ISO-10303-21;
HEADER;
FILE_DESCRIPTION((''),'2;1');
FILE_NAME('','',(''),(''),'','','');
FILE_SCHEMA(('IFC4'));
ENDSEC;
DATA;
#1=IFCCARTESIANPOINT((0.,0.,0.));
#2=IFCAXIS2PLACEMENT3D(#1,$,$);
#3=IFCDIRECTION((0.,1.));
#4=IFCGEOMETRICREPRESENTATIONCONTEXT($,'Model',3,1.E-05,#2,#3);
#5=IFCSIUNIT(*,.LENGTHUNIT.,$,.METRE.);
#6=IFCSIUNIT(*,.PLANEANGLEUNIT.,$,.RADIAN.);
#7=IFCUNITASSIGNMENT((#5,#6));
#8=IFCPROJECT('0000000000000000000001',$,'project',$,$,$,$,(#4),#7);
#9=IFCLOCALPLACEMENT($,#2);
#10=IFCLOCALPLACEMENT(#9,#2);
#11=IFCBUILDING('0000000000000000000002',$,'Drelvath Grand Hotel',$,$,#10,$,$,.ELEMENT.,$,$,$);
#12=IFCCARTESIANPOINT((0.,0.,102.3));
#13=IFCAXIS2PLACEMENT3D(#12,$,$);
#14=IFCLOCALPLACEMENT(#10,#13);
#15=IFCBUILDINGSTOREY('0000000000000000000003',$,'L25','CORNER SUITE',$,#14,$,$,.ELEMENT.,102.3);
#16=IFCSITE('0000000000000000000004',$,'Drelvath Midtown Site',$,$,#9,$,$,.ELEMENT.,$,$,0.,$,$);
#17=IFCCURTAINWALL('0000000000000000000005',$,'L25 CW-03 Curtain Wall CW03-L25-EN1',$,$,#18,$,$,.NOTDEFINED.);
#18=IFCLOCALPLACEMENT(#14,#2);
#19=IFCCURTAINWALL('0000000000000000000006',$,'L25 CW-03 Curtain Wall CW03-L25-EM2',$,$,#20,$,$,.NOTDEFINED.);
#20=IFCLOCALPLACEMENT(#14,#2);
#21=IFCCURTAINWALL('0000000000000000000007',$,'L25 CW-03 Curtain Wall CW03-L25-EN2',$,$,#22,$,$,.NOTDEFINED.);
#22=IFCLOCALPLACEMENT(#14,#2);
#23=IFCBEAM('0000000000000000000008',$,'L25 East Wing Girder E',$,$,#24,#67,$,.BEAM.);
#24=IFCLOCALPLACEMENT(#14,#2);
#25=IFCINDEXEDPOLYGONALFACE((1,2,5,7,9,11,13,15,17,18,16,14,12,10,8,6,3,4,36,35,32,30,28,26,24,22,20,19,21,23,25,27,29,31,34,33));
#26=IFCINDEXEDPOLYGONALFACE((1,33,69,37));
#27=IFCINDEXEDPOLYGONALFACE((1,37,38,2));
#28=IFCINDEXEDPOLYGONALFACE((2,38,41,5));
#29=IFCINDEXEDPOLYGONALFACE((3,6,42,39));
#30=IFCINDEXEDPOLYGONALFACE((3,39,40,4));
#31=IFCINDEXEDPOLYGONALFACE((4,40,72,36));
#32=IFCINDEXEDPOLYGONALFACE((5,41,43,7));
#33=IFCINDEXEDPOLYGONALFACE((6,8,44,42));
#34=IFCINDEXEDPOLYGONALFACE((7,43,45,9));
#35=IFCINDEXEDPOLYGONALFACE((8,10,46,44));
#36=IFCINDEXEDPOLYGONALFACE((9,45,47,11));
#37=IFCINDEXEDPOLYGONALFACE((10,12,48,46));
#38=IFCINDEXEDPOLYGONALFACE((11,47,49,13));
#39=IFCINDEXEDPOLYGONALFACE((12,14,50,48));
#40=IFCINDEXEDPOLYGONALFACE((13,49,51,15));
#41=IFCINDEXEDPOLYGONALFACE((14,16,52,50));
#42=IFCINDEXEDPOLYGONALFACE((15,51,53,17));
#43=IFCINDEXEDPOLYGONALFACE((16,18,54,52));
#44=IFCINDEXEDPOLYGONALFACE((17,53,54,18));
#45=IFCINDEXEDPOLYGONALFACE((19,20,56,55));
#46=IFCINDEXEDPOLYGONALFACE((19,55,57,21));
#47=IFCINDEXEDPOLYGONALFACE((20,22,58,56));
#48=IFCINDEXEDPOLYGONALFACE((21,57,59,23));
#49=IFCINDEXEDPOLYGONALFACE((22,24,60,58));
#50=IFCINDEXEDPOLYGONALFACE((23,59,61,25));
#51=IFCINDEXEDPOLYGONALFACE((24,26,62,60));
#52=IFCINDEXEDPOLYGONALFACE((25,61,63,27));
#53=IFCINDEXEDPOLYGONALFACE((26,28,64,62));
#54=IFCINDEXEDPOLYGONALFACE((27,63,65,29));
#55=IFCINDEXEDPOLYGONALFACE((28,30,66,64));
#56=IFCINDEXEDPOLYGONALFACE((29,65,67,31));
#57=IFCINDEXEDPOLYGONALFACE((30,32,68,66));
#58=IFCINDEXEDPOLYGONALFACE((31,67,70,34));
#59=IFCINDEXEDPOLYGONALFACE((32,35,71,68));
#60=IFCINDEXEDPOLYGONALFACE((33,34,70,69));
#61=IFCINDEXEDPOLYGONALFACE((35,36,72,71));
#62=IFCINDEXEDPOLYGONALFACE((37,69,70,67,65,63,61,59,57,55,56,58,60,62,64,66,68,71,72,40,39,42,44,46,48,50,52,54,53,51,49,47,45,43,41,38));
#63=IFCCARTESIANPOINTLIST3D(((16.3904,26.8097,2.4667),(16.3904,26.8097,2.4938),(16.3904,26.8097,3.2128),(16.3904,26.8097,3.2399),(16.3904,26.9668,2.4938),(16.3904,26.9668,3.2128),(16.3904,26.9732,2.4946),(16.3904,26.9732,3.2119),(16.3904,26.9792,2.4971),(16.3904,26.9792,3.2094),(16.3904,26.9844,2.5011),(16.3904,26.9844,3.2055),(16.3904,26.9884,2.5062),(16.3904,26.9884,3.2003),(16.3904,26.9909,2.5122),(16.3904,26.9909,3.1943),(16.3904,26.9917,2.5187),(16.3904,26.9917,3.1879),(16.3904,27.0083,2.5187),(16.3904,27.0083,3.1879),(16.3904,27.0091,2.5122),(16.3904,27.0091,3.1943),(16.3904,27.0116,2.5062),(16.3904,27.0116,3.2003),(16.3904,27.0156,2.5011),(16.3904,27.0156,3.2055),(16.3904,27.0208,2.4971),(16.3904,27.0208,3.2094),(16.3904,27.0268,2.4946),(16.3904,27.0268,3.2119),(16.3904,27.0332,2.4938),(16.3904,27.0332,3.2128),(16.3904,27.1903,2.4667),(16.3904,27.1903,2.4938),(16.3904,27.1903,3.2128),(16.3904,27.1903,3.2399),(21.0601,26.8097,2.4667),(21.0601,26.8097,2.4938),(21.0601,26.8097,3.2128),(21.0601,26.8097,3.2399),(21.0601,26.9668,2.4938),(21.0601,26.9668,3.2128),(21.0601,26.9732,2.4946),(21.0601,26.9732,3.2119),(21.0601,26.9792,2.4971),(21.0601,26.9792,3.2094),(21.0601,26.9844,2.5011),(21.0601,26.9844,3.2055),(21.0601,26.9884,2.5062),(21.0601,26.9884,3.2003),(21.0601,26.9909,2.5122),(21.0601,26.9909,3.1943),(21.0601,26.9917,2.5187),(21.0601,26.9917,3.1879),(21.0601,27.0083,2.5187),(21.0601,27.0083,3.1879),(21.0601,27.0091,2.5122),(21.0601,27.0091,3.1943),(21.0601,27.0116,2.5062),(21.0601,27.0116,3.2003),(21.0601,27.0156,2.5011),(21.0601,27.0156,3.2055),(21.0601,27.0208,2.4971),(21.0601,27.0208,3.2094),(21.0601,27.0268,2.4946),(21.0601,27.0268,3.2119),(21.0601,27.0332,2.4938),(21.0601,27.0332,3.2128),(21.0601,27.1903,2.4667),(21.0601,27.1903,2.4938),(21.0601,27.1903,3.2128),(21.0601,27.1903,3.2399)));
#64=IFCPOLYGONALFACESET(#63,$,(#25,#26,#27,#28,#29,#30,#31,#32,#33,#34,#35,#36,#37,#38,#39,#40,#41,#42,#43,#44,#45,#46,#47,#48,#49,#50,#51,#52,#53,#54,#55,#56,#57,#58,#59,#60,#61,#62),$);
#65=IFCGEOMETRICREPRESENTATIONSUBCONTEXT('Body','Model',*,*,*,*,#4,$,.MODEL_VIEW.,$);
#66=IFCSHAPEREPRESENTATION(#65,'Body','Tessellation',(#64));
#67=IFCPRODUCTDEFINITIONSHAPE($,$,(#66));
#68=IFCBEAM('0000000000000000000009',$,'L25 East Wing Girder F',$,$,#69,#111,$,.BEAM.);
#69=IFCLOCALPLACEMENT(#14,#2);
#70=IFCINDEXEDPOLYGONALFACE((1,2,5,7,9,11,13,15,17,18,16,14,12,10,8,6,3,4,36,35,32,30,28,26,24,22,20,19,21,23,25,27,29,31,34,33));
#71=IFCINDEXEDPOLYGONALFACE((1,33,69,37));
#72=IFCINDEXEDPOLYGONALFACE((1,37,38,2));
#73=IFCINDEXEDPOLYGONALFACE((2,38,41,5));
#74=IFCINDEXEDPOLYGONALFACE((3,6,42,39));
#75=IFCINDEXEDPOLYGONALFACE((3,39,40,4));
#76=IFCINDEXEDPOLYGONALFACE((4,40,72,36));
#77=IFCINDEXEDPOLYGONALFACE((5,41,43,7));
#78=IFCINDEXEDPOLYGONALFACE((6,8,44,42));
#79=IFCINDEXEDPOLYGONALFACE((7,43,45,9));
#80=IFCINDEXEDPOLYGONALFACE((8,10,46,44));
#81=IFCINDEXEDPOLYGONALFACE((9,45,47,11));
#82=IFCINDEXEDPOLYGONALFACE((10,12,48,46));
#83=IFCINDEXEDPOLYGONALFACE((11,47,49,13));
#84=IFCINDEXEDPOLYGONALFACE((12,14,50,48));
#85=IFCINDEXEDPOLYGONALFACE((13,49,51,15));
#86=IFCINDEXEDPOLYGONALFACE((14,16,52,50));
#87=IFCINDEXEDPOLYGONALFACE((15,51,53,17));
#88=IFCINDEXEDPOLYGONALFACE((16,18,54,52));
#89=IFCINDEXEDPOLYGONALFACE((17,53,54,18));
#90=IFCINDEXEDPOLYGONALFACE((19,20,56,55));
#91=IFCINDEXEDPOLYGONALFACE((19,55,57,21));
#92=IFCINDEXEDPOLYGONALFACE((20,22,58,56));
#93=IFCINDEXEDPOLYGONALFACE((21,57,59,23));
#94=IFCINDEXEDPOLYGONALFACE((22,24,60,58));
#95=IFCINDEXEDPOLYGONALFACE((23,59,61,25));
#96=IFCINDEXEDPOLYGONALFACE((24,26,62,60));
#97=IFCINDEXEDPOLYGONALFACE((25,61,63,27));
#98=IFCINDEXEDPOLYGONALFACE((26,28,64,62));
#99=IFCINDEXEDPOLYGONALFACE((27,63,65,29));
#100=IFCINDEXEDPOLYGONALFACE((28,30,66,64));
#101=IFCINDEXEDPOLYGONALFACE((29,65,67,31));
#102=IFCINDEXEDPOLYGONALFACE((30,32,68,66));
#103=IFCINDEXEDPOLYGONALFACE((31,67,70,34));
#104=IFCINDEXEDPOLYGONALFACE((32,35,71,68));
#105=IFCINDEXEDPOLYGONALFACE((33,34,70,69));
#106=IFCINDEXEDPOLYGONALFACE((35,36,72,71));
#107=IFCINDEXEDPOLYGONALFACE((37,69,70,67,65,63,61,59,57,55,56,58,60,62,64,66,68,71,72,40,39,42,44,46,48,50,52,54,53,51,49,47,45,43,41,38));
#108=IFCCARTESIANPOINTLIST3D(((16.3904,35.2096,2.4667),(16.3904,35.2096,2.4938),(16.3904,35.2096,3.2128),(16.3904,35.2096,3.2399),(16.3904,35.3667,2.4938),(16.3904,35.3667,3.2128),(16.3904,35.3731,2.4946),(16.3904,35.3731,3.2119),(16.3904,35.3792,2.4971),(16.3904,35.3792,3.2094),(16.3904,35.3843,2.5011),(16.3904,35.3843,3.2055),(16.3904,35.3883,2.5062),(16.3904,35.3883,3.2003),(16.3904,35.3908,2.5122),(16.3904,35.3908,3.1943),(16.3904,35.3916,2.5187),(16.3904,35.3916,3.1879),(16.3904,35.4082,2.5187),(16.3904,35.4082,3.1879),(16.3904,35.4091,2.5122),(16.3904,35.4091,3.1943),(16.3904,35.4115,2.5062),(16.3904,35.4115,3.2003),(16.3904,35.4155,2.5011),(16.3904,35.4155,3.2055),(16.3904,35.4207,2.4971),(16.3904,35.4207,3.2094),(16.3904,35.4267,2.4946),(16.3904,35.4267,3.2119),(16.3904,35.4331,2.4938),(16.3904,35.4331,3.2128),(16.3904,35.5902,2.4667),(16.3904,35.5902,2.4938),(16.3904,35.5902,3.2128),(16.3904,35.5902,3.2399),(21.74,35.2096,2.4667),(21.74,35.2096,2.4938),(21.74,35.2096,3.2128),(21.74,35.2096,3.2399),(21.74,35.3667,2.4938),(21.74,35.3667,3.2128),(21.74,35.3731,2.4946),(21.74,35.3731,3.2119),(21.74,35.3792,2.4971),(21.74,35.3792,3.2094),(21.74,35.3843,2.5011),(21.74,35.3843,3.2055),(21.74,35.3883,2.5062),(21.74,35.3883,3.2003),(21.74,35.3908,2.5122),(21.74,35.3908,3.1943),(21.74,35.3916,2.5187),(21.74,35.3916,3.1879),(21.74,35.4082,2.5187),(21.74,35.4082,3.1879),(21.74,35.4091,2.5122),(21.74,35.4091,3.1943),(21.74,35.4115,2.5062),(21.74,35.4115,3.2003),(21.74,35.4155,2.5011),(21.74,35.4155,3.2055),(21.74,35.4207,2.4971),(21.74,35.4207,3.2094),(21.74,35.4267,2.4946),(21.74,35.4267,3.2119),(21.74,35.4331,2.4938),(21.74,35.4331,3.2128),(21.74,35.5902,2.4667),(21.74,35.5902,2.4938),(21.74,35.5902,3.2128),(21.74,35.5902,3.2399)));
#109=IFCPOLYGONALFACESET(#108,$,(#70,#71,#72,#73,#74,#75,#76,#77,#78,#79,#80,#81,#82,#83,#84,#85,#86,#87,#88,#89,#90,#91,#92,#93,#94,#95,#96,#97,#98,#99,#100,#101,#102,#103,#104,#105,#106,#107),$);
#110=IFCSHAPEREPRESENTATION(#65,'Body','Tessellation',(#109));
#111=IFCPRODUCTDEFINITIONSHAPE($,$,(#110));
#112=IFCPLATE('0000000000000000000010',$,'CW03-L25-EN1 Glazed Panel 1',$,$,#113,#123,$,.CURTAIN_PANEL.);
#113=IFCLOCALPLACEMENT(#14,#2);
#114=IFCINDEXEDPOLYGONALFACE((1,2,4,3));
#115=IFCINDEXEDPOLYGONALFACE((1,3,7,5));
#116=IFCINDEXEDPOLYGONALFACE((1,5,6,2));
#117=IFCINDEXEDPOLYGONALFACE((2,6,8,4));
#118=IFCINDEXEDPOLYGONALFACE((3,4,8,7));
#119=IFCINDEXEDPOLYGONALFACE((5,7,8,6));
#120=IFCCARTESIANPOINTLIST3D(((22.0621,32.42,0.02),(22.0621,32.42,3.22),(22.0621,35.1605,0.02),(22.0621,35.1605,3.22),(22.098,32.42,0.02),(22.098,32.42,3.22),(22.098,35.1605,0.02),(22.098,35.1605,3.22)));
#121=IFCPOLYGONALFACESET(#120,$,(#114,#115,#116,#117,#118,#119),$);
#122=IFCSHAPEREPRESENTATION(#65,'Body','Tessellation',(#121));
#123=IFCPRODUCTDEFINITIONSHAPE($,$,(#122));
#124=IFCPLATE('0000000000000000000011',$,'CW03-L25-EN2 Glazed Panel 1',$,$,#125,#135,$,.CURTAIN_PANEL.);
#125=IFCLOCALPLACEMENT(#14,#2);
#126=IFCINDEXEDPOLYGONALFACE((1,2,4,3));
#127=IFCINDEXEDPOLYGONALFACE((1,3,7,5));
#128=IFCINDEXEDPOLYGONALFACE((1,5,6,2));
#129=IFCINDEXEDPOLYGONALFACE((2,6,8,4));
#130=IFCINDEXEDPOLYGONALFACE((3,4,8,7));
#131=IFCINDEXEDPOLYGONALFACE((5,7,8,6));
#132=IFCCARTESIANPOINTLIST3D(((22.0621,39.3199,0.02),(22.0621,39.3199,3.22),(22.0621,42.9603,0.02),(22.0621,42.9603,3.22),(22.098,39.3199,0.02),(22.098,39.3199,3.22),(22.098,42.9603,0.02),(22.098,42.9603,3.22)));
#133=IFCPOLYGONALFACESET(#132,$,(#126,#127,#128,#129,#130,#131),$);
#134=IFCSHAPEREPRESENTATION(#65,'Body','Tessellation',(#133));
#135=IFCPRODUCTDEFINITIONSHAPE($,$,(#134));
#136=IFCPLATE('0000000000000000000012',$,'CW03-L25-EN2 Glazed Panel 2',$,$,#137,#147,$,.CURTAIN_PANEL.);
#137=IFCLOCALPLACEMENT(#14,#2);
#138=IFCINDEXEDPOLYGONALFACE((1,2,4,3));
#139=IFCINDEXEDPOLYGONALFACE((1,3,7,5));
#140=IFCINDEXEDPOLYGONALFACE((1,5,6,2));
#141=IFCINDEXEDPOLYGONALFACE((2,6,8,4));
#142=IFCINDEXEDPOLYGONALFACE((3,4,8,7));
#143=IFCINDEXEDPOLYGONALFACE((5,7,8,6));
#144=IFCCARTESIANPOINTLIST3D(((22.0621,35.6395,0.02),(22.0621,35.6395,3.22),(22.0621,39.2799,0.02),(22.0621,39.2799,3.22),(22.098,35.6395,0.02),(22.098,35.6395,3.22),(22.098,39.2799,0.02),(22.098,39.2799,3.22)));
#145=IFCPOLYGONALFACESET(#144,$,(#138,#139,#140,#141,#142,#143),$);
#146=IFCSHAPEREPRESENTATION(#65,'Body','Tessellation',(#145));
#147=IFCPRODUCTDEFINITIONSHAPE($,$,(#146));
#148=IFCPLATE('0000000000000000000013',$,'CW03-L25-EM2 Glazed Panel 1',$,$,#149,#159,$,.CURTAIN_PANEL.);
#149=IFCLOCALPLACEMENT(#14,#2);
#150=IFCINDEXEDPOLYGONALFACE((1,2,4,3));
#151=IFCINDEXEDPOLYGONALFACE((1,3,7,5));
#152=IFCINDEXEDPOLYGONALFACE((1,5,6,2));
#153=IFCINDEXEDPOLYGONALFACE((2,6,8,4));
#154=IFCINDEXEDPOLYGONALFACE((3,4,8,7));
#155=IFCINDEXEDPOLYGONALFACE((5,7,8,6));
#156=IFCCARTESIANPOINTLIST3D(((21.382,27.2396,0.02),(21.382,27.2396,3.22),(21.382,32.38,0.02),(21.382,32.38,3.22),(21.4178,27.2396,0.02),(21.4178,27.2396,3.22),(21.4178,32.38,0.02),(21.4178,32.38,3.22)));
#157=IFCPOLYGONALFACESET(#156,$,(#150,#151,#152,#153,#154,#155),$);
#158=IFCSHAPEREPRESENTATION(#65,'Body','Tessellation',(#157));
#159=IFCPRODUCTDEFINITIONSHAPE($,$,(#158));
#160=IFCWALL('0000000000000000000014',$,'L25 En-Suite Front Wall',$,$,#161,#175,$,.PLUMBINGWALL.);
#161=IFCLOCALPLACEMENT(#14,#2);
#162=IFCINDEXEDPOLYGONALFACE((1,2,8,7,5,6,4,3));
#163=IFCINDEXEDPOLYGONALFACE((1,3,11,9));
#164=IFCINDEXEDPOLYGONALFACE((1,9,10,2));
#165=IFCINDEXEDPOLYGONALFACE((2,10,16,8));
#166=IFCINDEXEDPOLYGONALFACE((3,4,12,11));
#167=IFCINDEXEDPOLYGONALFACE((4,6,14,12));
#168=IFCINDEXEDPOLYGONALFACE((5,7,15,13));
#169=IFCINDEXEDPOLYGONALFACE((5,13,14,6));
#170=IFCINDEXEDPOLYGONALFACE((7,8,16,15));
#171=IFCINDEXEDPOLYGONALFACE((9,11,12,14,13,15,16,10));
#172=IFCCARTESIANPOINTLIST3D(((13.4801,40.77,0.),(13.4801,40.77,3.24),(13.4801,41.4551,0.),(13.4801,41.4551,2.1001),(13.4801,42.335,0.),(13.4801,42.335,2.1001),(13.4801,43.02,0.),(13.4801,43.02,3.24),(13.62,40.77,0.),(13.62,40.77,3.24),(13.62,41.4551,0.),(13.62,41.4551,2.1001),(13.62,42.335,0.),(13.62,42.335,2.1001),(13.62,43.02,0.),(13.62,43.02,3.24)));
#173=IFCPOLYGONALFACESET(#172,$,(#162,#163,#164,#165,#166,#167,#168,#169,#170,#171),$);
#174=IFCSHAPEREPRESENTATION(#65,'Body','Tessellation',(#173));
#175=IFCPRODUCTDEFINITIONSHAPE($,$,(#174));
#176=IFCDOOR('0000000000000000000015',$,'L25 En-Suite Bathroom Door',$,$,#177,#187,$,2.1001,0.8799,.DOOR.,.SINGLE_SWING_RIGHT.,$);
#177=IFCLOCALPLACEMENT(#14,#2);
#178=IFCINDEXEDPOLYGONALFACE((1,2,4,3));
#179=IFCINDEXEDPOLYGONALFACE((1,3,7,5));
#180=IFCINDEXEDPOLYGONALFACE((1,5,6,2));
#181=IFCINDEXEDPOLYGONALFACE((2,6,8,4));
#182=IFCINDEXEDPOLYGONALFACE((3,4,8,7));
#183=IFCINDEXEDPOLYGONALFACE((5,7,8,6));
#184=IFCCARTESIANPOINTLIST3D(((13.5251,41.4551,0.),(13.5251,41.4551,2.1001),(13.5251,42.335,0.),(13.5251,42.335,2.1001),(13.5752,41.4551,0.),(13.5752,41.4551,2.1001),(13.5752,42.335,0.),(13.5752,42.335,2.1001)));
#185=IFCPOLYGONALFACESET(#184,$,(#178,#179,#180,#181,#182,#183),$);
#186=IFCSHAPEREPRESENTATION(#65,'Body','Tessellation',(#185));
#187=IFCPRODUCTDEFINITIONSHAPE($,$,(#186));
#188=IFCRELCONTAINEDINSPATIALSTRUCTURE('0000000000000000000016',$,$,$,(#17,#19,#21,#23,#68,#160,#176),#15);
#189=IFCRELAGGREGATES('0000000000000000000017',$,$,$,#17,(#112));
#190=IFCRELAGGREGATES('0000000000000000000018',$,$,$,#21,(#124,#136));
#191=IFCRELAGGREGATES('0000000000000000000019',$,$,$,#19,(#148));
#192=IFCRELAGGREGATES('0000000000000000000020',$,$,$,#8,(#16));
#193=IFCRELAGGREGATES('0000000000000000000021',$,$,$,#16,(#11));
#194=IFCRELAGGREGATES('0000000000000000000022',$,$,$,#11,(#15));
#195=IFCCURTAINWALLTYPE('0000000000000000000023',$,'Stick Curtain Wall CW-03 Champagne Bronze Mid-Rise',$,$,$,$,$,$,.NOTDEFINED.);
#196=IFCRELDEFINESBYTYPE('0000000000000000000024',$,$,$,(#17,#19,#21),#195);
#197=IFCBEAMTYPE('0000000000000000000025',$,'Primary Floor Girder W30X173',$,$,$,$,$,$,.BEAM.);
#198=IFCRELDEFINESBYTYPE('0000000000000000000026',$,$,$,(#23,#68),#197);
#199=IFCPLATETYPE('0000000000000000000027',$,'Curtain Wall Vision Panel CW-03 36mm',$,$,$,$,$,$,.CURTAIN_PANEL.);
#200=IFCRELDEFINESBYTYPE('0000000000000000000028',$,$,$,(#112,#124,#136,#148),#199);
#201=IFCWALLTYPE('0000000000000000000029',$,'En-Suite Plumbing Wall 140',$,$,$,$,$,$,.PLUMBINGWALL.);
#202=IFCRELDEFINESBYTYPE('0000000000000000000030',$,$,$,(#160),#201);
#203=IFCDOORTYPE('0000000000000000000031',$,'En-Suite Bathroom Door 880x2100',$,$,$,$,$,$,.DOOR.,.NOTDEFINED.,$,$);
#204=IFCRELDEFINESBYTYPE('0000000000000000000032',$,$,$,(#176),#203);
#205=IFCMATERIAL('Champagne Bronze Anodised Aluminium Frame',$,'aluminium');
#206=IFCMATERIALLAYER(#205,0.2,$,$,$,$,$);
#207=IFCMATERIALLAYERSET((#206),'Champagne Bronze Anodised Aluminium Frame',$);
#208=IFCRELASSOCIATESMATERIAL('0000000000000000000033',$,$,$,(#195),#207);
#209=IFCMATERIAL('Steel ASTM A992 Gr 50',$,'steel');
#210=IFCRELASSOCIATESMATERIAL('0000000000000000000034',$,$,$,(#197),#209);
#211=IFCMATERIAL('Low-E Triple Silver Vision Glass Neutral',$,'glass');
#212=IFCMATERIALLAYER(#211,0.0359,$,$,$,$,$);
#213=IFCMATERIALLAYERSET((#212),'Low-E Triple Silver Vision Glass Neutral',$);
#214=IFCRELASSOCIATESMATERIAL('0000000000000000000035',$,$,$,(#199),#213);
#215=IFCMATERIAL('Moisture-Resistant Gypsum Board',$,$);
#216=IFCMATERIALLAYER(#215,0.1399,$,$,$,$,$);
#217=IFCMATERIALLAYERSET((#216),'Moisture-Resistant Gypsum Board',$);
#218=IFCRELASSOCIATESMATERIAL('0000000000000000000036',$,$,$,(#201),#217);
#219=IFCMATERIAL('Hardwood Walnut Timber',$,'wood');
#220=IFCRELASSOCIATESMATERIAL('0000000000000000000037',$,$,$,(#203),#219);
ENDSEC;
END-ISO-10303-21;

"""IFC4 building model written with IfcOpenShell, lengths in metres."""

from ifc_helpers import new_model, si_unit, direction, frame, frame_2d, origin, origin_2d, place, context, subcontext, project, spatial, rectangle, i_section, extrude, material, layer, layer_set, material_profile, profile_set, type_object, element, fill, aggregate, save


model = new_model("IFC4")

# Units and contexts
model_context = context("Model", 3, precision=1e-05, world=origin(), true_north=direction((0.0, 1.0)))
body_context = subcontext(model_context, "Body", "Model", "MODEL_VIEW")
ifc_project = project(units=[si_unit("LENGTHUNIT", "METRE"), si_unit("PLANEANGLEUNIT", "RADIAN")], contexts=[model_context])

# Site, building, storey
site_placement = place(None, origin())
site = spatial("IfcSite", under=ifc_project, at=site_placement, Name="Drelvath Midtown Site", CompositionType="ELEMENT", RefElevation=0.0)
building_placement = place(site_placement, origin())
building = spatial("IfcBuilding", under=site, at=building_placement, Name="Drelvath Grand Hotel", CompositionType="ELEMENT")
storey_placement = place(building_placement, frame((0.0, 0.0, 102.3)))
storey = spatial("IfcBuildingStorey", under=building, at=storey_placement, Name="L25", Description="CORNER SUITE", CompositionType="ELEMENT", Elevation=102.3)

# Curtain walls
ifc_material_1 = material(Name="Champagne Bronze Anodised Aluminium Frame", Category="aluminium")
ifc_layer_1 = layer(ifc_material_1, 0.2)
ifc_layer_set_1 = layer_set([ifc_layer_1], Name="Champagne Bronze Anodised Aluminium Frame")
curtain_wall_type = type_object("IfcCurtainWallType", Name="Stick Curtain Wall CW-03 Champagne Bronze Mid-Rise", PredefinedType="NOTDEFINED", material=ifc_layer_set_1)
curtain_wall_1_placement = place(storey_placement, origin())
curtain_wall_1 = element("IfcCurtainWall", 1, at=curtain_wall_1_placement, inside=storey, type_object=curtain_wall_type, Name="L25 CW-03 Curtain Wall CW03-L25-EN1", PredefinedType="NOTDEFINED")
curtain_wall_2_placement = place(storey_placement, origin())
curtain_wall_2 = element("IfcCurtainWall", 2, at=curtain_wall_2_placement, inside=storey, type_object=curtain_wall_type, Name="L25 CW-03 Curtain Wall CW03-L25-EM2", PredefinedType="NOTDEFINED")

# Curtain wall
curtain_wall_3_placement = place(storey_placement, origin())
curtain_wall_3 = element("IfcCurtainWall", 3, at=curtain_wall_3_placement, inside=storey, type_object=curtain_wall_type, Name="L25 CW-03 Curtain Wall CW03-L25-EN2", PredefinedType="NOTDEFINED")

# Beams
ifc_material_2 = material(Name="Steel ASTM A992 Gr 50", Category="steel")
ifc_material_profile_1 = material_profile(ifc_material_2, i_section(OverallWidth=0.3806, OverallDepth=0.7732, WebThickness=0.0166, FlangeThickness=0.0271, FilletRadius=0.0249, at=origin_2d()), Name="W30X173")
ifc_profile_set_1 = profile_set([ifc_material_profile_1], Name="Steel ASTM A992 Gr 50")
beam_type_1 = type_object("IfcBeamType", Name="Primary Floor Girder W30X173", PredefinedType="BEAM", material=ifc_profile_set_1)
beam_1_placement = place(storey_placement, frame((16.3904, 27.0, 2.8533), z_axis=(1.0, 0.0, 0.0), x_axis=(0.0, 1.0, 0.0)))
element("IfcBeam", 4, at=beam_1_placement, inside=storey, type_object=beam_type_1, Name="L25 East Wing Girder E", PredefinedType="BEAM", context=body_context, shape_type="SweptSolid", body=[
    extrude(i_section(OverallWidth=0.3806, OverallDepth=0.7732, WebThickness=0.0166, FlangeThickness=0.0271, FilletRadius=0.0249, at=origin_2d()), origin(), (0.0, 0.0, 1.0), 4.6697),
])
beam_2_placement = place(storey_placement, frame((16.3904, 35.3999, 2.8533), z_axis=(1.0, 0.0, 0.0), x_axis=(0.0, 1.0, 0.0)))
element("IfcBeam", 5, at=beam_2_placement, inside=storey, type_object=beam_type_1, Name="L25 East Wing Girder F", PredefinedType="BEAM", context=body_context, shape_type="SweptSolid", body=[
    extrude(i_section(OverallWidth=0.3806, OverallDepth=0.7732, WebThickness=0.0166, FlangeThickness=0.0271, FilletRadius=0.0249, at=origin_2d()), origin(), (0.0, 0.0, 1.0), 5.3496),
])

# Plates
ifc_material_3 = material(Name="Low-E Triple Silver Vision Glass Neutral", Category="glass")
ifc_layer_2 = layer(ifc_material_3, 0.0359)
ifc_layer_set_2 = layer_set([ifc_layer_2], Name="Low-E Triple Silver Vision Glass Neutral")
plate_type = type_object("IfcPlateType", Name="Curtain Wall Vision Panel CW-03 36mm", PredefinedType="CURTAIN_PANEL", material=ifc_layer_set_2)
plate_1_placement = place(storey_placement, frame((22.0801, 33.7903, 0.02), z_axis=(0.0, 0.0, 1.0), x_axis=(0.0, -1.0, 0.0)))
plate_1 = element("IfcPlate", 6, at=plate_1_placement, type_object=plate_type, Name="CW03-L25-EN1 Glazed Panel 1", PredefinedType="CURTAIN_PANEL", context=body_context, shape_type="SweptSolid", body=[
    extrude(rectangle(XDim=2.7405, YDim=0.0359, at=origin_2d()), origin(), (0.0, 0.0, 1.0), 3.2),
])
aggregate(curtain_wall_1, [plate_1])
plate_2_placement = place(storey_placement, frame((22.0801, 41.1401, 0.02), z_axis=(0.0, 0.0, 1.0), x_axis=(0.0, -1.0, 0.0)))
plate_2 = element("IfcPlate", 7, at=plate_2_placement, type_object=plate_type, Name="CW03-L25-EN2 Glazed Panel 1", PredefinedType="CURTAIN_PANEL", context=body_context, shape_type="SweptSolid", body=[
    extrude(rectangle(XDim=3.6404, YDim=0.0359, at=origin_2d()), origin(), (0.0, 0.0, 1.0), 3.2),
])
plate_3_placement = place(storey_placement, frame((22.0801, 37.4597, 0.02), z_axis=(0.0, 0.0, 1.0), x_axis=(0.0, -1.0, 0.0)))
plate_3 = element("IfcPlate", 8, at=plate_3_placement, type_object=plate_type, Name="CW03-L25-EN2 Glazed Panel 2", PredefinedType="CURTAIN_PANEL", context=body_context, shape_type="SweptSolid", body=[
    extrude(rectangle(XDim=3.6404, YDim=0.0359, at=origin_2d()), origin(), (0.0, 0.0, 1.0), 3.2),
])
aggregate(curtain_wall_3, [plate_2, plate_3])
plate_4_placement = place(storey_placement, frame((21.3999, 29.8098, 0.02), z_axis=(0.0, 0.0, 1.0), x_axis=(0.0, -1.0, 0.0)))
plate_4 = element("IfcPlate", 9, at=plate_4_placement, type_object=plate_type, Name="CW03-L25-EM2 Glazed Panel 1", PredefinedType="CURTAIN_PANEL", context=body_context, shape_type="SweptSolid", body=[
    extrude(rectangle(XDim=5.1404, YDim=0.0359, at=origin_2d()), origin(), (0.0, 0.0, 1.0), 3.2),
])
aggregate(curtain_wall_2, [plate_4])

# Wall, opening, door
ifc_material_4 = material(Name="Moisture-Resistant Gypsum Board")
ifc_layer_3 = layer(ifc_material_4, 0.1399)
ifc_layer_set_3 = layer_set([ifc_layer_3], Name="Moisture-Resistant Gypsum Board")
wall_type_1 = type_object("IfcWallType", Name="En-Suite Plumbing Wall 140", PredefinedType="PLUMBINGWALL", material=ifc_layer_set_3)
wall_1_placement = place(storey_placement, frame((13.55, 40.77, 0.0), z_axis=(0.0, 0.0, 1.0), x_axis=(0.0, 1.0, 0.0)))
wall_1 = element("IfcWall", 10, at=wall_1_placement, inside=storey, type_object=wall_type_1, Name="L25 En-Suite Front Wall", PredefinedType="PLUMBINGWALL", context=body_context, shape_type="SweptSolid", body=[
    extrude(rectangle(XDim=2.25, YDim=0.1399, at=frame_2d((1.125, 0.0))), origin(), (0.0, 0.0, 1.0), 3.24),
])
opening_placement = place(wall_1_placement, frame((0.6851, 0.0, 0.0)))
opening = element("IfcOpeningElement", 11, at=opening_placement, cuts=wall_1, PredefinedType="OPENING", context=body_context, shape_type="SweptSolid", body=[
    extrude(rectangle(XDim=0.8799, YDim=2.1001, at=frame_2d((0.4399, 1.05))), frame((0.0, 0.0798, 0.0), z_axis=(0.0, -1.0, 0.0), x_axis=(1.0, 0.0, 0.0)), (0.0, 0.0, 1.0), 0.1599),
])
ifc_material_5 = material(Name="Hardwood Walnut Timber", Category="wood")
door_type = type_object("IfcDoorType", Name="En-Suite Bathroom Door 880x2100", OperationType="NOTDEFINED", PredefinedType="DOOR", material=ifc_material_5)
door_placement = place(opening_placement, origin())
door = element("IfcDoor", 12, at=door_placement, inside=storey, type_object=door_type, Name="L25 En-Suite Bathroom Door", OperationType="SINGLE_SWING_RIGHT", OverallHeight=2.1001, OverallWidth=0.8799, PredefinedType="DOOR", context=body_context, shape_type="SweptSolid", body=[
    extrude(rectangle(XDim=0.8799, YDim=2.1001, at=frame_2d((0.4399, 1.05))), frame((0.0, 0.0249, 0.0), z_axis=(0.0, -1.0, 0.0), x_axis=(1.0, 0.0, 0.0)), (0.0, 0.0, 1.0), 0.05),
])
fill(opening, door)

save(model, "model.ifc")
